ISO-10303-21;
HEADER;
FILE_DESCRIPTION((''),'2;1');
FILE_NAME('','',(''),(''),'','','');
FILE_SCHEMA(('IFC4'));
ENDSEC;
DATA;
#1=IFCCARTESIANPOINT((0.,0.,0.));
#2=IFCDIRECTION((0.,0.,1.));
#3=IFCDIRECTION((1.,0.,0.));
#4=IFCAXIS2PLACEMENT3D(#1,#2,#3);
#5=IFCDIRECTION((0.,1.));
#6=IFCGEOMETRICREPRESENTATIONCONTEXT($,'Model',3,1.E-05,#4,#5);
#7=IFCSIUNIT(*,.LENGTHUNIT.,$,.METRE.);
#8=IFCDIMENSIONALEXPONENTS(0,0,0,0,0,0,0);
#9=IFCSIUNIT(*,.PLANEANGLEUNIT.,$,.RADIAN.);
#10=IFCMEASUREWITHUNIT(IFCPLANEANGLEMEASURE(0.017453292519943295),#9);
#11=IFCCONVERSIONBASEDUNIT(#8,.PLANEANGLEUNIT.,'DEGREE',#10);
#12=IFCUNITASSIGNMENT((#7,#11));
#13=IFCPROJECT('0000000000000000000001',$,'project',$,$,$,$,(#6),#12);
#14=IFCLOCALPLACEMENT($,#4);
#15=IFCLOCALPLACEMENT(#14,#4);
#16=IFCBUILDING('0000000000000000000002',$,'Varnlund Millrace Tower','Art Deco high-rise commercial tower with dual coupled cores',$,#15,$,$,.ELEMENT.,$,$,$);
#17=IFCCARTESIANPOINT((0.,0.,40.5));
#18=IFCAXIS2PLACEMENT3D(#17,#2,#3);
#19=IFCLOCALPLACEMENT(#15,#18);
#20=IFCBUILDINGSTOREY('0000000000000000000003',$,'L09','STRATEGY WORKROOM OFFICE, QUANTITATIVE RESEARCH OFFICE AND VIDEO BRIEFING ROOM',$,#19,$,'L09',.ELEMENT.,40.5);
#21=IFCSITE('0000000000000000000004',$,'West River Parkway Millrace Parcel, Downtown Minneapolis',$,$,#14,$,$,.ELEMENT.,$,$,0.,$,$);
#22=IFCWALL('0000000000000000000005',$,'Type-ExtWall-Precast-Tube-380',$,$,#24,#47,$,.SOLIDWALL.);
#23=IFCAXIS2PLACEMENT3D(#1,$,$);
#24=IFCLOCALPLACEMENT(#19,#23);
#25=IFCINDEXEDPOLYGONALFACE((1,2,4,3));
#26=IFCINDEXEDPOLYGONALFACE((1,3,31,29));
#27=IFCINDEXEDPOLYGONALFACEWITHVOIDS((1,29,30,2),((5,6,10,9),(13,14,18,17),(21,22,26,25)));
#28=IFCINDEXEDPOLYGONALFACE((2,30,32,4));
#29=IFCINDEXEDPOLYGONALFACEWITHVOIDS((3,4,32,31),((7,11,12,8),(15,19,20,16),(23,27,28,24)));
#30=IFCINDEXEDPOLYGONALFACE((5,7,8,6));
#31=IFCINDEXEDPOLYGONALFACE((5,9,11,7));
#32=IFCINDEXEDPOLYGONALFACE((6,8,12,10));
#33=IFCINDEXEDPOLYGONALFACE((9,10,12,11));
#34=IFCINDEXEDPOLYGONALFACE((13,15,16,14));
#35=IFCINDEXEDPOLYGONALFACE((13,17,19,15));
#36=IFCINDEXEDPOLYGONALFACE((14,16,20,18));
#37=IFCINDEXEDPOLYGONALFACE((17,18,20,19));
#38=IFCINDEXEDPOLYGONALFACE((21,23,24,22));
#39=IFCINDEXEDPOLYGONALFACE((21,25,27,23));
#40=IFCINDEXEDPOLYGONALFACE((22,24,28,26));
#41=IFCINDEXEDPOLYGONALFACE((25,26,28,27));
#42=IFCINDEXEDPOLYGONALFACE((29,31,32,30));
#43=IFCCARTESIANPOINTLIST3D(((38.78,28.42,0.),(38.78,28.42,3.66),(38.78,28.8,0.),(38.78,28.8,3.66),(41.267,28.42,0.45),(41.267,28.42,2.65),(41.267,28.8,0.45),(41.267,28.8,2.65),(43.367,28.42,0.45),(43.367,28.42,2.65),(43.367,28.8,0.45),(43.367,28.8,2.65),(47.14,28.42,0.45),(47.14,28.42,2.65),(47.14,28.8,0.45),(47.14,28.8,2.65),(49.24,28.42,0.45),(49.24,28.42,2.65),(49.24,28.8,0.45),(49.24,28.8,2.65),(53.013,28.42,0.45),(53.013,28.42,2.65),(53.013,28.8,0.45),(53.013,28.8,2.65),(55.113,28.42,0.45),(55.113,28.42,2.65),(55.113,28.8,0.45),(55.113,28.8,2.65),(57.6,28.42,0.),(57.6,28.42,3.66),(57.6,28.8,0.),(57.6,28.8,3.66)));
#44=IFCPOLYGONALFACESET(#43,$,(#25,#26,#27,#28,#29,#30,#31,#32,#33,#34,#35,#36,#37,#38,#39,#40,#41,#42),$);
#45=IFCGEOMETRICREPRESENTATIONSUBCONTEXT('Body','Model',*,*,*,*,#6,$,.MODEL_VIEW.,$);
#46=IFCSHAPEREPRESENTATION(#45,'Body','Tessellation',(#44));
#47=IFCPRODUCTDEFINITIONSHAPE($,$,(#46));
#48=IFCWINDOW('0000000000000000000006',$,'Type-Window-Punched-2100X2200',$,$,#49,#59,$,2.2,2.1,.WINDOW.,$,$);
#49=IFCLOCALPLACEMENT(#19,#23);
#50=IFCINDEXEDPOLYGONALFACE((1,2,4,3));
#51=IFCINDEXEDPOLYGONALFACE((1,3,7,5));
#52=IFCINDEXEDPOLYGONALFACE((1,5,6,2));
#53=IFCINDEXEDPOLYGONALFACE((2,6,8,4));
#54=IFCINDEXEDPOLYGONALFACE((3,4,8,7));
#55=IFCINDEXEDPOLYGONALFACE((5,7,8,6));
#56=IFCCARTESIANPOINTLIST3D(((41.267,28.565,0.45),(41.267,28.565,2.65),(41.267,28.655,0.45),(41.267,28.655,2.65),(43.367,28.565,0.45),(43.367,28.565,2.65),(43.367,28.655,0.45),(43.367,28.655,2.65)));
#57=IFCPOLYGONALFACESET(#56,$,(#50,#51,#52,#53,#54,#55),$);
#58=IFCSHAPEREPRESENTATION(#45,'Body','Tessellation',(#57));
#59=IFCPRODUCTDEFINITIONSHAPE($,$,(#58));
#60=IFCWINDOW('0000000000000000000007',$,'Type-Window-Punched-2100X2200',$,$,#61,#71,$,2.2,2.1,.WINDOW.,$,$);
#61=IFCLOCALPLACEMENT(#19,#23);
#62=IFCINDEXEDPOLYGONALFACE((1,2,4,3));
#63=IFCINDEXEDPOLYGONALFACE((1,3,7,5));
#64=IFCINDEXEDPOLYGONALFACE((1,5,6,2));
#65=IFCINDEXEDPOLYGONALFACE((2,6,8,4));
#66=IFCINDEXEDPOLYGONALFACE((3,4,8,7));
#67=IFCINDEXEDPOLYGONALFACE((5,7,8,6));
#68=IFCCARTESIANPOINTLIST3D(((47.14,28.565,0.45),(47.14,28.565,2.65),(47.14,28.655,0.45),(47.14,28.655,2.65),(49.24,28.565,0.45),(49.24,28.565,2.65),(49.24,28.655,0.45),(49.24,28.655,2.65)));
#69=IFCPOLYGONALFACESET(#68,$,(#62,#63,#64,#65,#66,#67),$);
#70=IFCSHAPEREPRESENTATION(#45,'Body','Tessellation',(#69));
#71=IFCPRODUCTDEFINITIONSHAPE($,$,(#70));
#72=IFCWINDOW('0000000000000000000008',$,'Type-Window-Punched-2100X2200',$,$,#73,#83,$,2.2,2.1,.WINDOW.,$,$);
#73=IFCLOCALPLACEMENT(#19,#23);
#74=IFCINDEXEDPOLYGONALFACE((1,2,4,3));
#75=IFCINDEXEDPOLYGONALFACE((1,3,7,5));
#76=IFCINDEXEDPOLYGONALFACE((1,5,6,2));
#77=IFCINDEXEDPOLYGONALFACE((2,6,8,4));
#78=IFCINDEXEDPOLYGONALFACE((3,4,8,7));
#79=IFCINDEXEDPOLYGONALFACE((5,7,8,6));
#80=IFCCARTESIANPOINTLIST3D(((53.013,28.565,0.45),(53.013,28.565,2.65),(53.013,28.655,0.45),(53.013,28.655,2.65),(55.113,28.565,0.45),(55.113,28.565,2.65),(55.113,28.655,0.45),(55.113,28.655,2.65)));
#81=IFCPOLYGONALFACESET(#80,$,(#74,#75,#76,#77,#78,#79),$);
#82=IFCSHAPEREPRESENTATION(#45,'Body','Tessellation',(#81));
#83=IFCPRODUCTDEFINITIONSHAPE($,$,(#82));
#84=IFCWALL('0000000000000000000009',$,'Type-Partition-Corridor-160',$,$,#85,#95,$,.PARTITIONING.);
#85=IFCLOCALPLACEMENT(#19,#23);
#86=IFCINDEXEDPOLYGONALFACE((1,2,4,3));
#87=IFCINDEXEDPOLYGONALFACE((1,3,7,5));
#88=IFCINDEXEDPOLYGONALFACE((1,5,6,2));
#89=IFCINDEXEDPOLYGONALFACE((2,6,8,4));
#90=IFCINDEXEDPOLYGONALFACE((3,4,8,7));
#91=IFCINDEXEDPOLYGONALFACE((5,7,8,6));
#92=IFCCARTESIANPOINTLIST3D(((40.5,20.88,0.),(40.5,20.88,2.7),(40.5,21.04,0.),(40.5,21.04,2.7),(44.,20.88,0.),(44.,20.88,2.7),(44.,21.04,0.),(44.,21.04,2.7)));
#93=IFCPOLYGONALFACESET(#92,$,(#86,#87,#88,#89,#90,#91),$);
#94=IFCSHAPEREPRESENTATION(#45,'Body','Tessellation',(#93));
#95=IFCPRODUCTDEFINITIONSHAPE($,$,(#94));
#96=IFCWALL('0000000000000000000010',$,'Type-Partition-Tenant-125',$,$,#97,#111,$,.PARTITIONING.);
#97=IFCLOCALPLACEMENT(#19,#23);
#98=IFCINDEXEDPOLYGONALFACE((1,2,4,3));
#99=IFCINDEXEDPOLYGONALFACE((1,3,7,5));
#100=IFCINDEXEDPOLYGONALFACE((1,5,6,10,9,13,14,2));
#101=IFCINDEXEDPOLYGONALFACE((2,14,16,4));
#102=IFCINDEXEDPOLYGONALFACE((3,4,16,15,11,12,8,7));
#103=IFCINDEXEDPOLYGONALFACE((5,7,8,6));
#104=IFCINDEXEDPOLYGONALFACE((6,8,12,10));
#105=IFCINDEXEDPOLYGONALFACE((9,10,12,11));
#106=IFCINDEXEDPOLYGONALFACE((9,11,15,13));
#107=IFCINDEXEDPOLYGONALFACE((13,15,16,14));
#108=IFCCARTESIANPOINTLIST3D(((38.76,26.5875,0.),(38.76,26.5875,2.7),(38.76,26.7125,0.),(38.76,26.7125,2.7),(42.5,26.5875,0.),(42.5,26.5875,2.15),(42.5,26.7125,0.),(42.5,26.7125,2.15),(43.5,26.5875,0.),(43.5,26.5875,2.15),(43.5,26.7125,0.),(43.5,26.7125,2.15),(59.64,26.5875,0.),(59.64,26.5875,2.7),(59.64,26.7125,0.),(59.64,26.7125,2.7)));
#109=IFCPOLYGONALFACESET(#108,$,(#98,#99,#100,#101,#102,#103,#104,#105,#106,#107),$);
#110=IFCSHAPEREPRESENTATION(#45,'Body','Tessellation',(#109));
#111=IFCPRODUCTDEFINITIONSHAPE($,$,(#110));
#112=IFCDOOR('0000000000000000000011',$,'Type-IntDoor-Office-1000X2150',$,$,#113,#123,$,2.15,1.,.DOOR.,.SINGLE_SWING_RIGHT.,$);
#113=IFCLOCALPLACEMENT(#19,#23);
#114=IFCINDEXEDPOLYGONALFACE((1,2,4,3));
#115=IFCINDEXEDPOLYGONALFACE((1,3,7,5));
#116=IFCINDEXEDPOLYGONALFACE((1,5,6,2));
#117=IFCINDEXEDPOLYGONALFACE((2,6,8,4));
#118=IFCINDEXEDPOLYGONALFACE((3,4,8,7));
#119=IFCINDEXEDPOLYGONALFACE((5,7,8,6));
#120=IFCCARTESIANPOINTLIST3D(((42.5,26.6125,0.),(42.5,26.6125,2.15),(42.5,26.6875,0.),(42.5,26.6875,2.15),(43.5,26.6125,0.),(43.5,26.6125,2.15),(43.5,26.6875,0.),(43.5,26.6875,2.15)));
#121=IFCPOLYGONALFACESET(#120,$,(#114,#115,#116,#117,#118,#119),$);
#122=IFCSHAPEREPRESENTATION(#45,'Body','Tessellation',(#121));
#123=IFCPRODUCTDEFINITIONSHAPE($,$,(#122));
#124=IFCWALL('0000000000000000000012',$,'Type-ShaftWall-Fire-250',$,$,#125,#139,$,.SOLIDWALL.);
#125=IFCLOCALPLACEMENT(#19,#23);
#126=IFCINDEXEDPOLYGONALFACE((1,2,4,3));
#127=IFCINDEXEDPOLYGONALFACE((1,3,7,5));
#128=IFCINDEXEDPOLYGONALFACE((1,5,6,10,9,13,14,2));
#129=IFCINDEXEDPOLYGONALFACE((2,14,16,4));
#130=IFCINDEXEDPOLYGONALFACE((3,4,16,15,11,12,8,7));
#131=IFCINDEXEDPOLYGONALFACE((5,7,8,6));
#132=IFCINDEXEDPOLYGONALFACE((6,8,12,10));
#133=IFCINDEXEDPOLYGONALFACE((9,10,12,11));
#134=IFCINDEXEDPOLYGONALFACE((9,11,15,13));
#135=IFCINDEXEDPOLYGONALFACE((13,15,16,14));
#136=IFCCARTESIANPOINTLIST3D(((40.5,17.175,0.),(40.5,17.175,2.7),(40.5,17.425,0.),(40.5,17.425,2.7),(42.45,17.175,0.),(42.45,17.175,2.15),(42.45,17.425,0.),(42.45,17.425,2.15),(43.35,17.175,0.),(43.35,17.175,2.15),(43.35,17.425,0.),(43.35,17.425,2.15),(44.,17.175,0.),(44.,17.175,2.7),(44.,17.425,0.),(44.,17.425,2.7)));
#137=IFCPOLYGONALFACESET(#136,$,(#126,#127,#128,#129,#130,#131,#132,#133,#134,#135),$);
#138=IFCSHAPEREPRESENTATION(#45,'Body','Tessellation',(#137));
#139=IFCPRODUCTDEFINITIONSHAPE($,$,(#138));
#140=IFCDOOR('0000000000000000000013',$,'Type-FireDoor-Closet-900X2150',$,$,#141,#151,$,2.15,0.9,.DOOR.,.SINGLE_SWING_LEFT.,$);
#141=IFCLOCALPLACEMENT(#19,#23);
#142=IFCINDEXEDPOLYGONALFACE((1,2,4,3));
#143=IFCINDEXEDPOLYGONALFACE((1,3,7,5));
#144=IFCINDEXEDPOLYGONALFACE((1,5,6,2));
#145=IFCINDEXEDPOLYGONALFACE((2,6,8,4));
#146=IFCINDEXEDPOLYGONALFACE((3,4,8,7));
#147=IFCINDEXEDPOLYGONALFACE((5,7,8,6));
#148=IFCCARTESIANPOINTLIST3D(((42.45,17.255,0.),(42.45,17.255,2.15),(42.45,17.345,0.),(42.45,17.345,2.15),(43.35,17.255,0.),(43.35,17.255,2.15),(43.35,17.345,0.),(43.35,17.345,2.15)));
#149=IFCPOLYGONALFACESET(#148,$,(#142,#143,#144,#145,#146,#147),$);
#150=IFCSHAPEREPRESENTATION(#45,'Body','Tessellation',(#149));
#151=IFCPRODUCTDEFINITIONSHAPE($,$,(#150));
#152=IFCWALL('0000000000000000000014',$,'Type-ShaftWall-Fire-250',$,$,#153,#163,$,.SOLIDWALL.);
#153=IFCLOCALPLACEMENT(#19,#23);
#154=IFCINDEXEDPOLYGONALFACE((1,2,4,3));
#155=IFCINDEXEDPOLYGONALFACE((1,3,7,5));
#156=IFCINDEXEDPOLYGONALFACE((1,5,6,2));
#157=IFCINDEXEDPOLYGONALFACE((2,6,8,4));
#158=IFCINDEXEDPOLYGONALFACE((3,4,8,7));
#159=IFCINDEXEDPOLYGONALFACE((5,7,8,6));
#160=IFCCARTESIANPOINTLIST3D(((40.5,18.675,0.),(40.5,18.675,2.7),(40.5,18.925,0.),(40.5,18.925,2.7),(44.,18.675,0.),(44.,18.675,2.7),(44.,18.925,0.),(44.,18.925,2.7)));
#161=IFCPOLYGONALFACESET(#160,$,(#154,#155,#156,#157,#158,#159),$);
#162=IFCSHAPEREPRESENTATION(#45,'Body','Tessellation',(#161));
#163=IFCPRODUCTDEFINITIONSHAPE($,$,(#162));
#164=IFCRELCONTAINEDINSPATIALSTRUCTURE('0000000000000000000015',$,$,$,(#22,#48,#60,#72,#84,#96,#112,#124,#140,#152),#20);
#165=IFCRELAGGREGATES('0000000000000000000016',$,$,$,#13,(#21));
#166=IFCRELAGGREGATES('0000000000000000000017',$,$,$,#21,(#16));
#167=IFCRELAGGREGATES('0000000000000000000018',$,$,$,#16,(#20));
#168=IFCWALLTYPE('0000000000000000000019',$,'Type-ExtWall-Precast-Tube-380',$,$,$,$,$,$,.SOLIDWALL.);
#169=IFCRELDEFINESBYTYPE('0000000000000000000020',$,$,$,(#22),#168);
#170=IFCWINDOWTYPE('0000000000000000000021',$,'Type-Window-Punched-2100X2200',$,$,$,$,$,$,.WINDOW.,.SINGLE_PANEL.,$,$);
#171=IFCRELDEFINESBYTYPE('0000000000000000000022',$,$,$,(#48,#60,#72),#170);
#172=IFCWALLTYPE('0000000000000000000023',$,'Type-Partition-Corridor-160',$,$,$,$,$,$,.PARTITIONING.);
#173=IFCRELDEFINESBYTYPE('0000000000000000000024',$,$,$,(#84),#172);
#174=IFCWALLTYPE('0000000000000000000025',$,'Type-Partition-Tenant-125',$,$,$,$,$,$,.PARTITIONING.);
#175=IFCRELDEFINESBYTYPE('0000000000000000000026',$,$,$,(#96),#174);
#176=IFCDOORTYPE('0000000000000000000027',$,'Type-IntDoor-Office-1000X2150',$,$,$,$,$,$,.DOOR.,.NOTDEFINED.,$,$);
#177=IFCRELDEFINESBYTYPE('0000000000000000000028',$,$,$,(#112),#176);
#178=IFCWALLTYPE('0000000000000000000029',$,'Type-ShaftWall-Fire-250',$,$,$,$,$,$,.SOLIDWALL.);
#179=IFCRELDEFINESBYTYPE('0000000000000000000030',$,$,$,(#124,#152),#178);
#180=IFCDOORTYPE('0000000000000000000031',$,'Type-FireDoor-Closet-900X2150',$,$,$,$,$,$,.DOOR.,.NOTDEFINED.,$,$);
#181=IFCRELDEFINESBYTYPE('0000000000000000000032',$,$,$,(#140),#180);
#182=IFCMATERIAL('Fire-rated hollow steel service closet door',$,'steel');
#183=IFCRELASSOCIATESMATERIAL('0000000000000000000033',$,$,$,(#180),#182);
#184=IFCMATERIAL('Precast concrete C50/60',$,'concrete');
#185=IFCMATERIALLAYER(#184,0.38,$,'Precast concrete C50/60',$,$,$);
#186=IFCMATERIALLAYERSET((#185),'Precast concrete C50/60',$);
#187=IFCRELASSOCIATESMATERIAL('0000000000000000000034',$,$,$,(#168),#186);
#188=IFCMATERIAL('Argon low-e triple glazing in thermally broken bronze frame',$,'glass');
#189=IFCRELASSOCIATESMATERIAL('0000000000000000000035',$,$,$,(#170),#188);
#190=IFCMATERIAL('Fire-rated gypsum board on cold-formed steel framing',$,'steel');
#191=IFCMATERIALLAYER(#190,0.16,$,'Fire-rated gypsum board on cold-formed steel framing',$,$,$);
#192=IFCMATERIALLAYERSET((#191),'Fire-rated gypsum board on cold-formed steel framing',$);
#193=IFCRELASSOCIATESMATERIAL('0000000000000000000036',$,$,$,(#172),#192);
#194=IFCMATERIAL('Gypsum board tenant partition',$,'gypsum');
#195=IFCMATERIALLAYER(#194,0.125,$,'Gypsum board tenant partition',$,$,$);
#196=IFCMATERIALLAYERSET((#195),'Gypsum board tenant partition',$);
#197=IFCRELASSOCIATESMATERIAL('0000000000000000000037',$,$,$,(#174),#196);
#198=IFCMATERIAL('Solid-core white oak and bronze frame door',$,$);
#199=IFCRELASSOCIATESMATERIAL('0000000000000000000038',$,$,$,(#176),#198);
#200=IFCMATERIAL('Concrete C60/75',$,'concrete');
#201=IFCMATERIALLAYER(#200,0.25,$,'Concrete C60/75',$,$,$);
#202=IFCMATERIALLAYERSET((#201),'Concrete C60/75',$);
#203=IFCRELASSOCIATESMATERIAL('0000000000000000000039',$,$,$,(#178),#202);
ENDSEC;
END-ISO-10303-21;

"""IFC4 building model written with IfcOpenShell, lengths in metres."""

from ifc_helpers import new_model, entity, si_unit, converted_unit, direction, frame, origin_with_axes, origin_2d_with_axis, place, context, subcontext, project, spatial, polyline, rectangle, outline, extrude, material, layer, layer_set, type_object, element, fill, save


model = new_model("IFC4")

# Units and contexts
model_context = context("Model", 3, precision=1e-05, world=origin_with_axes(), true_north=direction((0.0, 1.0)))
body_context = subcontext(model_context, "Body", "Model", "MODEL_VIEW")
ifc_project = project(units=[si_unit("LENGTHUNIT", "METRE"), converted_unit("PLANEANGLEUNIT", "DEGREE", entity("IfcPlaneAngleMeasure", 0.017453292519943295), si_unit("PLANEANGLEUNIT", "RADIAN"), dimensions=[0, 0, 0, 0, 0, 0, 0])], contexts=[model_context])

# Site, building, storey
site_placement = place(None, origin_with_axes())
site = spatial("IfcSite", under=ifc_project, at=site_placement, Name="West River Parkway Millrace Parcel, Downtown Minneapolis", CompositionType="ELEMENT", RefElevation=0.0)
building_placement = place(site_placement, origin_with_axes())
building = spatial("IfcBuilding", under=site, at=building_placement, Name="Varnlund Millrace Tower", Description="Art Deco high-rise commercial tower with dual coupled cores", CompositionType="ELEMENT")
storey_placement = place(building_placement, frame((0.0, 0.0, 40.5), z_axis=(0.0, 0.0, 1.0), x_axis=(1.0, 0.0, 0.0)))
storey = spatial("IfcBuildingStorey", under=building, at=storey_placement, Name="L09", Description="STRATEGY WORKROOM OFFICE, QUANTITATIVE RESEARCH OFFICE AND VIDEO BRIEFING ROOM", LongName="L09", CompositionType="ELEMENT", Elevation=40.5)

# Shared definitions
ifc_material_1 = material(Name="Fire-rated hollow steel service closet door", Category="steel")
door_type_1 = type_object("IfcDoorType", Name="Type-FireDoor-Closet-900X2150", OperationType="NOTDEFINED", PredefinedType="DOOR", material=ifc_material_1)

# Wall, openings, windows
ifc_material_2 = material(Name="Precast concrete C50/60", Category="concrete")
ifc_layer_1 = layer(ifc_material_2, 0.38, Name="Precast concrete C50/60")
ifc_layer_set_1 = layer_set([ifc_layer_1], Name="Precast concrete C50/60")
wall_type_1 = type_object("IfcWallType", Name="Type-ExtWall-Precast-Tube-380", PredefinedType="SOLIDWALL", material=ifc_layer_set_1)
wall_1_placement = place(storey_placement, frame((38.78, 28.61, 0.0), z_axis=(0.0, 0.0, 1.0), x_axis=(1.0, 0.0, 0.0)))
wall_1 = element("IfcWall", 1, at=wall_1_placement, inside=storey, type_object=wall_type_1, Name="Type-ExtWall-Precast-Tube-380", PredefinedType="SOLIDWALL", context=body_context, shape_type="SweptSolid", body=[
    extrude(outline(polyline([(0.0, -0.19), (18.82, -0.19), (18.82, 0.19), (0.0, 0.19), (0.0, -0.19)])), origin_with_axes(), (0.0, 0.0, 1.0), 3.66),
])
opening_1_placement = place(wall_1_placement, frame((3.537, 0.0, 0.45), z_axis=(0.0, 0.0, 1.0), x_axis=(1.0, 0.0, 0.0)))
opening_1 = element("IfcOpeningElement", 2, at=opening_1_placement, cuts=wall_1, PredefinedType="OPENING", context=body_context, shape_type="SweptSolid", body=[
    extrude(rectangle(XDim=2.1, YDim=0.4, at=origin_2d_with_axis()), origin_with_axes(), (0.0, 0.0, 1.0), 2.2),
])
opening_2_placement = place(wall_1_placement, frame((9.41, 0.0, 0.45), z_axis=(0.0, 0.0, 1.0), x_axis=(1.0, 0.0, 0.0)))
opening_2 = element("IfcOpeningElement", 3, at=opening_2_placement, cuts=wall_1, PredefinedType="OPENING", context=body_context, shape_type="SweptSolid", body=[
    extrude(rectangle(XDim=2.1, YDim=0.4, at=origin_2d_with_axis()), origin_with_axes(), (0.0, 0.0, 1.0), 2.2),
])
opening_3_placement = place(wall_1_placement, frame((15.283, 0.0, 0.45), z_axis=(0.0, 0.0, 1.0), x_axis=(1.0, 0.0, 0.0)))
opening_3 = element("IfcOpeningElement", 4, at=opening_3_placement, cuts=wall_1, PredefinedType="OPENING", context=body_context, shape_type="SweptSolid", body=[
    extrude(rectangle(XDim=2.1, YDim=0.4, at=origin_2d_with_axis()), origin_with_axes(), (0.0, 0.0, 1.0), 2.2),
])
ifc_material_3 = material(Name="Argon low-e triple glazing in thermally broken bronze frame", Category="glass")
window_type = type_object("IfcWindowType", Name="Type-Window-Punched-2100X2200", PartitioningType="SINGLE_PANEL", PredefinedType="WINDOW", material=ifc_material_3)
window_1_placement = place(wall_1_placement, frame((3.537, 0.0, 0.45), z_axis=(0.0, 0.0, 1.0), x_axis=(1.0, 0.0, 0.0)))
window_1 = element("IfcWindow", 5, at=window_1_placement, inside=storey, type_object=window_type, Name="Type-Window-Punched-2100X2200", OverallHeight=2.2, OverallWidth=2.1, PredefinedType="WINDOW", context=body_context, shape_type="SweptSolid", body=[
    extrude(rectangle(XDim=2.1, YDim=0.09, at=origin_2d_with_axis()), origin_with_axes(), (0.0, 0.0, 1.0), 2.2),
])
fill(opening_1, window_1)
window_2_placement = place(wall_1_placement, frame((9.41, 0.0, 0.45), z_axis=(0.0, 0.0, 1.0), x_axis=(1.0, 0.0, 0.0)))
window_2 = element("IfcWindow", 6, at=window_2_placement, inside=storey, type_object=window_type, Name="Type-Window-Punched-2100X2200", OverallHeight=2.2, OverallWidth=2.1, PredefinedType="WINDOW", context=body_context, shape_type="SweptSolid", body=[
    extrude(rectangle(XDim=2.1, YDim=0.09, at=origin_2d_with_axis()), origin_with_axes(), (0.0, 0.0, 1.0), 2.2),
])
fill(opening_2, window_2)
window_3_placement = place(wall_1_placement, frame((15.283, 0.0, 0.45), z_axis=(0.0, 0.0, 1.0), x_axis=(1.0, 0.0, 0.0)))
window_3 = element("IfcWindow", 7, at=window_3_placement, inside=storey, type_object=window_type, Name="Type-Window-Punched-2100X2200", OverallHeight=2.2, OverallWidth=2.1, PredefinedType="WINDOW", context=body_context, shape_type="SweptSolid", body=[
    extrude(rectangle(XDim=2.1, YDim=0.09, at=origin_2d_with_axis()), origin_with_axes(), (0.0, 0.0, 1.0), 2.2),
])
fill(opening_3, window_3)

# Wall
ifc_material_4 = material(Name="Fire-rated gypsum board on cold-formed steel framing", Category="steel")
ifc_layer_2 = layer(ifc_material_4, 0.16, Name="Fire-rated gypsum board on cold-formed steel framing")
ifc_layer_set_2 = layer_set([ifc_layer_2], Name="Fire-rated gypsum board on cold-formed steel framing")
wall_type_2 = type_object("IfcWallType", Name="Type-Partition-Corridor-160", PredefinedType="PARTITIONING", material=ifc_layer_set_2)
wall_2_placement = place(storey_placement, frame((40.5, 20.96, 0.0), z_axis=(0.0, 0.0, 1.0), x_axis=(1.0, 0.0, 0.0)))
element("IfcWall", 8, at=wall_2_placement, inside=storey, type_object=wall_type_2, Name="Type-Partition-Corridor-160", PredefinedType="PARTITIONING", context=body_context, shape_type="SweptSolid", body=[
    extrude(outline(polyline([(0.0, -0.08), (3.5, -0.08), (3.5, 0.08), (0.0, 0.08), (0.0, -0.08)])), origin_with_axes(), (0.0, 0.0, 1.0), 2.7),
])

# Walls, openings, doors
ifc_material_5 = material(Name="Gypsum board tenant partition", Category="gypsum")
ifc_layer_3 = layer(ifc_material_5, 0.125, Name="Gypsum board tenant partition")
ifc_layer_set_3 = layer_set([ifc_layer_3], Name="Gypsum board tenant partition")
wall_type_3 = type_object("IfcWallType", Name="Type-Partition-Tenant-125", PredefinedType="PARTITIONING", material=ifc_layer_set_3)
wall_3_placement = place(storey_placement, frame((38.76, 26.65, 0.0), z_axis=(0.0, 0.0, 1.0), x_axis=(1.0, 0.0, 0.0)))
wall_3 = element("IfcWall", 9, at=wall_3_placement, inside=storey, type_object=wall_type_3, Name="Type-Partition-Tenant-125", PredefinedType="PARTITIONING", context=body_context, shape_type="SweptSolid", body=[
    extrude(outline(polyline([(0.0, -0.0625), (20.88, -0.0625), (20.88, 0.0625), (0.0, 0.0625), (0.0, -0.0625)])), origin_with_axes(), (0.0, 0.0, 1.0), 2.7),
])
opening_4_placement = place(wall_3_placement, frame((4.24, 0.0, 0.0), z_axis=(0.0, 0.0, 1.0), x_axis=(1.0, 0.0, 0.0)))
opening_4 = element("IfcOpeningElement", 10, at=opening_4_placement, cuts=wall_3, PredefinedType="OPENING", context=body_context, shape_type="SweptSolid", body=[
    extrude(rectangle(XDim=1.0, YDim=0.145, at=origin_2d_with_axis()), origin_with_axes(), (0.0, 0.0, 1.0), 2.15),
])
ifc_material_6 = material(Name="Solid-core white oak and bronze frame door")
door_type_2 = type_object("IfcDoorType", Name="Type-IntDoor-Office-1000X2150", OperationType="NOTDEFINED", PredefinedType="DOOR", material=ifc_material_6)
door_1_placement = place(wall_3_placement, frame((4.24, 0.0, 0.0), z_axis=(0.0, 0.0, 1.0), x_axis=(1.0, 0.0, 0.0)))
door_1 = element("IfcDoor", 11, at=door_1_placement, inside=storey, type_object=door_type_2, Name="Type-IntDoor-Office-1000X2150", OperationType="SINGLE_SWING_RIGHT", OverallHeight=2.15, OverallWidth=1.0, PredefinedType="DOOR", context=body_context, shape_type="SweptSolid", body=[
    extrude(rectangle(XDim=1.0, YDim=0.075, at=origin_2d_with_axis()), origin_with_axes(), (0.0, 0.0, 1.0), 2.15),
])
fill(opening_4, door_1)
ifc_material_7 = material(Name="Concrete C60/75", Category="concrete")
ifc_layer_4 = layer(ifc_material_7, 0.25, Name="Concrete C60/75")
ifc_layer_set_4 = layer_set([ifc_layer_4], Name="Concrete C60/75")
wall_type_4 = type_object("IfcWallType", Name="Type-ShaftWall-Fire-250", PredefinedType="SOLIDWALL", material=ifc_layer_set_4)
wall_4_placement = place(storey_placement, frame((40.5, 17.3, 0.0), z_axis=(0.0, 0.0, 1.0), x_axis=(1.0, 0.0, 0.0)))
wall_4 = element("IfcWall", 12, at=wall_4_placement, inside=storey, type_object=wall_type_4, Name="Type-ShaftWall-Fire-250", PredefinedType="SOLIDWALL", context=body_context, shape_type="SweptSolid", body=[
    extrude(outline(polyline([(0.0, -0.125), (3.5, -0.125), (3.5, 0.125), (0.0, 0.125), (0.0, -0.125)])), origin_with_axes(), (0.0, 0.0, 1.0), 2.7),
])
opening_5_placement = place(wall_4_placement, frame((2.4, 0.0, 0.0), z_axis=(0.0, 0.0, 1.0), x_axis=(1.0, 0.0, 0.0)))
opening_5 = element("IfcOpeningElement", 13, at=opening_5_placement, cuts=wall_4, PredefinedType="OPENING", context=body_context, shape_type="SweptSolid", body=[
    extrude(rectangle(XDim=0.9, YDim=0.27, at=origin_2d_with_axis()), origin_with_axes(), (0.0, 0.0, 1.0), 2.15),
])
door_2_placement = place(wall_4_placement, frame((2.4, 0.0, 0.0), z_axis=(0.0, 0.0, 1.0), x_axis=(1.0, 0.0, 0.0)))
door_2 = element("IfcDoor", 14, at=door_2_placement, inside=storey, type_object=door_type_1, Name="Type-FireDoor-Closet-900X2150", OperationType="SINGLE_SWING_LEFT", OverallHeight=2.15, OverallWidth=0.9, PredefinedType="DOOR", context=body_context, shape_type="SweptSolid", body=[
    extrude(rectangle(XDim=0.9, YDim=0.09, at=origin_2d_with_axis()), origin_with_axes(), (0.0, 0.0, 1.0), 2.15),
])
fill(opening_5, door_2)

# Wall
wall_5_placement = place(storey_placement, frame((40.5, 18.8, 0.0), z_axis=(0.0, 0.0, 1.0), x_axis=(1.0, 0.0, 0.0)))
element("IfcWall", 15, at=wall_5_placement, inside=storey, type_object=wall_type_4, Name="Type-ShaftWall-Fire-250", PredefinedType="SOLIDWALL", context=body_context, shape_type="SweptSolid", body=[
    extrude(outline(polyline([(0.0, -0.125), (3.5, -0.125), (3.5, 0.125), (0.0, 0.125), (0.0, -0.125)])), origin_with_axes(), (0.0, 0.0, 1.0), 2.7),
])

save(model, "model.ifc")
